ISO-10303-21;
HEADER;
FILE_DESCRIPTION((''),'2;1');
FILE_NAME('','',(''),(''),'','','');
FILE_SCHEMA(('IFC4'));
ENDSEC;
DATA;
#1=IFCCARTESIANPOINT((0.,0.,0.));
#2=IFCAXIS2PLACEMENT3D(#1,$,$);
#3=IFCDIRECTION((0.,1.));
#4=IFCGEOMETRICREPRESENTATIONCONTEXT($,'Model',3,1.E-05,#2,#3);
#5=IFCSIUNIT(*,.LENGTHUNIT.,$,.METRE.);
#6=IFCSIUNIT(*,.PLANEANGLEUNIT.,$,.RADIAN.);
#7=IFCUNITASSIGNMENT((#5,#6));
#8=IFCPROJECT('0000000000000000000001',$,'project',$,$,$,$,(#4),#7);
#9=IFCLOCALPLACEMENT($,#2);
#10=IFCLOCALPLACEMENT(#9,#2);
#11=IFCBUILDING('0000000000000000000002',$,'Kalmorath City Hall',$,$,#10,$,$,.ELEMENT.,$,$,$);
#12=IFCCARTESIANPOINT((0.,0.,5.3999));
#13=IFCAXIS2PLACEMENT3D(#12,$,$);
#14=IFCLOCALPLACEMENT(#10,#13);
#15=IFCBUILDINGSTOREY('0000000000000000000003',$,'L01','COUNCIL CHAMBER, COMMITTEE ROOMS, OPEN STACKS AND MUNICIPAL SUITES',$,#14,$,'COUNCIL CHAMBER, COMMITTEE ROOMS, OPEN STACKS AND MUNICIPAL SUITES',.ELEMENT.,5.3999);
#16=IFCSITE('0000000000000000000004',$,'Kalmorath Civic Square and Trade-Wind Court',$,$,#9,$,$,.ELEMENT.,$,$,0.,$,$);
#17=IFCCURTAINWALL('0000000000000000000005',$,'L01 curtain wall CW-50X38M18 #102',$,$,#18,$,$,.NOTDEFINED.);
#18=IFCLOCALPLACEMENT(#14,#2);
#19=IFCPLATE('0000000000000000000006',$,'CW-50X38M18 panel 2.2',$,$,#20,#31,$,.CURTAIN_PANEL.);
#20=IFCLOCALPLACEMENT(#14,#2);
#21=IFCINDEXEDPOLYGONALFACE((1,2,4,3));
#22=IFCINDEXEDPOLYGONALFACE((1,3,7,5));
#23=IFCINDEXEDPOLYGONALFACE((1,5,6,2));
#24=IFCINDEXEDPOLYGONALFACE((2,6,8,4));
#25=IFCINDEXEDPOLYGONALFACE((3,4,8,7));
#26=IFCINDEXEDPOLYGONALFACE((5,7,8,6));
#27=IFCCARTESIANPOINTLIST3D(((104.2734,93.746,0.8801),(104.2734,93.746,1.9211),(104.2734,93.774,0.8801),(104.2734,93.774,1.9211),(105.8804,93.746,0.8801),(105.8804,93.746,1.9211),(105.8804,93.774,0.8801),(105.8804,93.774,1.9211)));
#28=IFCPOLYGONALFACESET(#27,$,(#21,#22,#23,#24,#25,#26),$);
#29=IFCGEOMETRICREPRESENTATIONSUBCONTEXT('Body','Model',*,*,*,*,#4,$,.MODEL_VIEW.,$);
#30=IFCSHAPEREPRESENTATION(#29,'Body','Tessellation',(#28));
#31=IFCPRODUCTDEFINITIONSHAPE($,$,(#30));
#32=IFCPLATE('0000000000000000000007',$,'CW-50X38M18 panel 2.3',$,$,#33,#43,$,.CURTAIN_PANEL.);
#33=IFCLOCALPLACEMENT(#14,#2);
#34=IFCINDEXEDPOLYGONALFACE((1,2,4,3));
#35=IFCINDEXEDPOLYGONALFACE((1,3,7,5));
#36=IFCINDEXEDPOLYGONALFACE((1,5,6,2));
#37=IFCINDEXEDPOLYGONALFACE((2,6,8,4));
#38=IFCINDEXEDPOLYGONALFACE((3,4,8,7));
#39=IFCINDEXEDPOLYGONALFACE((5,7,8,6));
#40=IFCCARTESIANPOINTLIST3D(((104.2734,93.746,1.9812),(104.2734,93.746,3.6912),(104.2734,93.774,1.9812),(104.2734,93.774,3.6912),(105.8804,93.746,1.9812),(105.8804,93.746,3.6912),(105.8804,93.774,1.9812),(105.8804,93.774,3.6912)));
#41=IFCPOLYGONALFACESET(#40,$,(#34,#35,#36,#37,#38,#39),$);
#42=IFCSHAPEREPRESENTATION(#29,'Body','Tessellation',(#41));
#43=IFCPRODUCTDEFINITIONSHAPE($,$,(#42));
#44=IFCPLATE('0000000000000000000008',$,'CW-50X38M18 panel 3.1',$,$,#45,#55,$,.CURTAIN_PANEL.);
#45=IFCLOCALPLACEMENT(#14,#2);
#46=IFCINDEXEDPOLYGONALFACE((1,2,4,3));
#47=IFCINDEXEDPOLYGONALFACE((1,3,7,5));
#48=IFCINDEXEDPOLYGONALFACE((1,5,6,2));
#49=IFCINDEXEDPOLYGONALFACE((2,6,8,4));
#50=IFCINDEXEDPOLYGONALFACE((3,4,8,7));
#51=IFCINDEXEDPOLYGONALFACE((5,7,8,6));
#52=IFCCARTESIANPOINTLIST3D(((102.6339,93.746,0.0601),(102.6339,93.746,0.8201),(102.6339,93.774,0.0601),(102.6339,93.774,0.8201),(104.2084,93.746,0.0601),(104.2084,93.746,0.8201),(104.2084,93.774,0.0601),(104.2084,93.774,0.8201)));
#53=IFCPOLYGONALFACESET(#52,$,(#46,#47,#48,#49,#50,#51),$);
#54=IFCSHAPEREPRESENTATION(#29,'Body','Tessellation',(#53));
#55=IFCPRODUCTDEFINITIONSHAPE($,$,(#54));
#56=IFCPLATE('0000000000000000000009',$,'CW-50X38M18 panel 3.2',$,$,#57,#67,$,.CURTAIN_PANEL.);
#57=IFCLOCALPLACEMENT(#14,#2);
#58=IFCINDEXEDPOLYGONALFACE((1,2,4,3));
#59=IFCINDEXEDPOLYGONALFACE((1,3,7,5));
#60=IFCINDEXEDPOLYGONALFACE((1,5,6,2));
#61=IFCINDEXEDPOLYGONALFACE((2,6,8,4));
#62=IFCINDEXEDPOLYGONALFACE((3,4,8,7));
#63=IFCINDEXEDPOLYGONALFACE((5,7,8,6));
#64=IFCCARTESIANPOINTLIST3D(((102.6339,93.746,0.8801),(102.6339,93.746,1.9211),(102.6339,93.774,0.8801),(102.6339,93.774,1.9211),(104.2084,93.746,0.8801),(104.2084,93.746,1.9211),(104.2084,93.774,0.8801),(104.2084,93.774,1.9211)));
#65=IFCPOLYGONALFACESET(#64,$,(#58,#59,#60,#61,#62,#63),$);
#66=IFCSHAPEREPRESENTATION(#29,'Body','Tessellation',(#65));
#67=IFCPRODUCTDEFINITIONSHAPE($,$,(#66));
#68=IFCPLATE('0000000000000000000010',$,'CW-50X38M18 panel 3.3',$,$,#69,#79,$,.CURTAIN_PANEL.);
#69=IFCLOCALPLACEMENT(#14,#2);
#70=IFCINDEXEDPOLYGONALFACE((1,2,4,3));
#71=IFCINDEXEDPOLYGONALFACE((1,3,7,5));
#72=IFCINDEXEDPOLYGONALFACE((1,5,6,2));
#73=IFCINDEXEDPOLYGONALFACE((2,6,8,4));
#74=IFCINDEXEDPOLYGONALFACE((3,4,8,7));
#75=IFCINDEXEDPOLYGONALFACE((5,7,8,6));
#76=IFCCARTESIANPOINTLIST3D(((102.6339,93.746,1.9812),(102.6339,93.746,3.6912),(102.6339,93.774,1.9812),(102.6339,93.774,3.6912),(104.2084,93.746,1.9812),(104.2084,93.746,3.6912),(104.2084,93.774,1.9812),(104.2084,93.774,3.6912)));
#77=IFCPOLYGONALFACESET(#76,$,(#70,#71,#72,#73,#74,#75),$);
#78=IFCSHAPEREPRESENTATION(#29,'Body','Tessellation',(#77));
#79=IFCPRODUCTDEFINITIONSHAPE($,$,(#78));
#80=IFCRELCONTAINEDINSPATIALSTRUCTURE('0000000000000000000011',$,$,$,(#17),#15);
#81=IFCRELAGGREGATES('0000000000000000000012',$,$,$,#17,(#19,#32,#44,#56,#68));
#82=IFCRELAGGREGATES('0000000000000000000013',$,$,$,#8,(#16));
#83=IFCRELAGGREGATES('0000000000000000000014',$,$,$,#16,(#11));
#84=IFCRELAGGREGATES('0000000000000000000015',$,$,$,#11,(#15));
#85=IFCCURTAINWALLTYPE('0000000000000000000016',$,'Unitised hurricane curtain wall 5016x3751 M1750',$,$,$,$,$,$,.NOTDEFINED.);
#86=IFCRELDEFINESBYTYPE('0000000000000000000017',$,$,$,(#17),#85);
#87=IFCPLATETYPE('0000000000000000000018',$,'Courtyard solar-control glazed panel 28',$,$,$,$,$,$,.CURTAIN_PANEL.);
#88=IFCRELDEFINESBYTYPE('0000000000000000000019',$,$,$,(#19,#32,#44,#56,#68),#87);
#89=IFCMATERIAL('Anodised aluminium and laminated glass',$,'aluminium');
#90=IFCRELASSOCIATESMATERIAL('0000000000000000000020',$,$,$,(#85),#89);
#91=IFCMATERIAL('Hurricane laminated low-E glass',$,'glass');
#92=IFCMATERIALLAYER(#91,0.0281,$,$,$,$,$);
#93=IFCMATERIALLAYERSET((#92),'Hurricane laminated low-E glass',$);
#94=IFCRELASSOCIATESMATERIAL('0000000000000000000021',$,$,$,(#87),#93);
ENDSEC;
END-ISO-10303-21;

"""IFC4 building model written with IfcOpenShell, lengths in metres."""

from ifc_helpers import new_model, si_unit, direction, frame, origin, origin_2d, place, context, subcontext, project, spatial, rectangle, extrude, material, layer, layer_set, type_object, element, aggregate, save


model = new_model("IFC4")

# Units and contexts
model_context = context("Model", 3, precision=1e-05, world=origin(), true_north=direction((0.0, 1.0)))
body_context = subcontext(model_context, "Body", "Model", "MODEL_VIEW")
ifc_project = project(units=[si_unit("LENGTHUNIT", "METRE"), si_unit("PLANEANGLEUNIT", "RADIAN")], contexts=[model_context])

# Site, building, storey
site_placement = place(None, origin())
site = spatial("IfcSite", under=ifc_project, at=site_placement, Name="Kalmorath Civic Square and Trade-Wind Court", CompositionType="ELEMENT", RefElevation=0.0)
building_placement = place(site_placement, origin())
building = spatial("IfcBuilding", under=site, at=building_placement, Name="Kalmorath City Hall", CompositionType="ELEMENT")
storey_placement = place(building_placement, frame((0.0, 0.0, 5.3999)))
storey = spatial("IfcBuildingStorey", under=building, at=storey_placement, Name="L01", Description="COUNCIL CHAMBER, COMMITTEE ROOMS, OPEN STACKS AND MUNICIPAL SUITES", LongName="COUNCIL CHAMBER, COMMITTEE ROOMS, OPEN STACKS AND MUNICIPAL SUITES", CompositionType="ELEMENT", Elevation=5.3999)

# Curtain wall, plates
ifc_material_1 = material(Name="Anodised aluminium and laminated glass", Category="aluminium")
curtain_wall_type = type_object("IfcCurtainWallType", Name="Unitised hurricane curtain wall 5016x3751 M1750", PredefinedType="NOTDEFINED", material=ifc_material_1)
curtain_wall_placement = place(storey_placement, origin())
curtain_wall = element("IfcCurtainWall", 1, at=curtain_wall_placement, inside=storey, type_object=curtain_wall_type, Name="L01 curtain wall CW-50X38M18 #102", PredefinedType="NOTDEFINED")
ifc_material_2 = material(Name="Hurricane laminated low-E glass", Category="glass")
ifc_layer = layer(ifc_material_2, 0.0281)
ifc_layer_set = layer_set([ifc_layer], Name="Hurricane laminated low-E glass")
plate_type = type_object("IfcPlateType", Name="Courtyard solar-control glazed panel 28", PredefinedType="CURTAIN_PANEL", material=ifc_layer_set)
plate_1_placement = place(storey_placement, frame((105.0769, 93.76, 0.8801), z_axis=(0.0, 0.0, 1.0), x_axis=(-1.0, 0.0, 0.0)))
plate_1 = element("IfcPlate", 2, at=plate_1_placement, type_object=plate_type, Name="CW-50X38M18 panel 2.2", PredefinedType="CURTAIN_PANEL", context=body_context, shape_type="SweptSolid", body=[
    extrude(rectangle(XDim=1.6069, YDim=0.0281, at=origin_2d()), origin(), (0.0, 0.0, 1.0), 1.041),
])
plate_2_placement = place(storey_placement, frame((105.0769, 93.76, 1.9812), z_axis=(0.0, 0.0, 1.0), x_axis=(-1.0, 0.0, 0.0)))
plate_2 = element("IfcPlate", 3, at=plate_2_placement, type_object=plate_type, Name="CW-50X38M18 panel 2.3", PredefinedType="CURTAIN_PANEL", context=body_context, shape_type="SweptSolid", body=[
    extrude(rectangle(XDim=1.6069, YDim=0.0281, at=origin_2d()), origin(), (0.0, 0.0, 1.0), 1.71),
])
plate_3_placement = place(storey_placement, frame((103.4211, 93.76, 0.0601), z_axis=(0.0, 0.0, 1.0), x_axis=(-1.0, 0.0, 0.0)))
plate_3 = element("IfcPlate", 4, at=plate_3_placement, type_object=plate_type, Name="CW-50X38M18 panel 3.1", PredefinedType="CURTAIN_PANEL", context=body_context, shape_type="SweptSolid", body=[
    extrude(rectangle(XDim=1.5745, YDim=0.0281, at=origin_2d()), origin(), (0.0, 0.0, 1.0), 0.76),
])
plate_4_placement = place(storey_placement, frame((103.4211, 93.76, 0.8801), z_axis=(0.0, 0.0, 1.0), x_axis=(-1.0, 0.0, 0.0)))
plate_4 = element("IfcPlate", 5, at=plate_4_placement, type_object=plate_type, Name="CW-50X38M18 panel 3.2", PredefinedType="CURTAIN_PANEL", context=body_context, shape_type="SweptSolid", body=[
    extrude(rectangle(XDim=1.5745, YDim=0.0281, at=origin_2d()), origin(), (0.0, 0.0, 1.0), 1.041),
])
plate_5_placement = place(storey_placement, frame((103.4211, 93.76, 1.9812), z_axis=(0.0, 0.0, 1.0), x_axis=(-1.0, 0.0, 0.0)))
plate_5 = element("IfcPlate", 6, at=plate_5_placement, type_object=plate_type, Name="CW-50X38M18 panel 3.3", PredefinedType="CURTAIN_PANEL", context=body_context, shape_type="SweptSolid", body=[
    extrude(rectangle(XDim=1.5745, YDim=0.0281, at=origin_2d()), origin(), (0.0, 0.0, 1.0), 1.71),
])
aggregate(curtain_wall, [plate_1, plate_2, plate_3, plate_4, plate_5])

save(model, "model.ifc")
